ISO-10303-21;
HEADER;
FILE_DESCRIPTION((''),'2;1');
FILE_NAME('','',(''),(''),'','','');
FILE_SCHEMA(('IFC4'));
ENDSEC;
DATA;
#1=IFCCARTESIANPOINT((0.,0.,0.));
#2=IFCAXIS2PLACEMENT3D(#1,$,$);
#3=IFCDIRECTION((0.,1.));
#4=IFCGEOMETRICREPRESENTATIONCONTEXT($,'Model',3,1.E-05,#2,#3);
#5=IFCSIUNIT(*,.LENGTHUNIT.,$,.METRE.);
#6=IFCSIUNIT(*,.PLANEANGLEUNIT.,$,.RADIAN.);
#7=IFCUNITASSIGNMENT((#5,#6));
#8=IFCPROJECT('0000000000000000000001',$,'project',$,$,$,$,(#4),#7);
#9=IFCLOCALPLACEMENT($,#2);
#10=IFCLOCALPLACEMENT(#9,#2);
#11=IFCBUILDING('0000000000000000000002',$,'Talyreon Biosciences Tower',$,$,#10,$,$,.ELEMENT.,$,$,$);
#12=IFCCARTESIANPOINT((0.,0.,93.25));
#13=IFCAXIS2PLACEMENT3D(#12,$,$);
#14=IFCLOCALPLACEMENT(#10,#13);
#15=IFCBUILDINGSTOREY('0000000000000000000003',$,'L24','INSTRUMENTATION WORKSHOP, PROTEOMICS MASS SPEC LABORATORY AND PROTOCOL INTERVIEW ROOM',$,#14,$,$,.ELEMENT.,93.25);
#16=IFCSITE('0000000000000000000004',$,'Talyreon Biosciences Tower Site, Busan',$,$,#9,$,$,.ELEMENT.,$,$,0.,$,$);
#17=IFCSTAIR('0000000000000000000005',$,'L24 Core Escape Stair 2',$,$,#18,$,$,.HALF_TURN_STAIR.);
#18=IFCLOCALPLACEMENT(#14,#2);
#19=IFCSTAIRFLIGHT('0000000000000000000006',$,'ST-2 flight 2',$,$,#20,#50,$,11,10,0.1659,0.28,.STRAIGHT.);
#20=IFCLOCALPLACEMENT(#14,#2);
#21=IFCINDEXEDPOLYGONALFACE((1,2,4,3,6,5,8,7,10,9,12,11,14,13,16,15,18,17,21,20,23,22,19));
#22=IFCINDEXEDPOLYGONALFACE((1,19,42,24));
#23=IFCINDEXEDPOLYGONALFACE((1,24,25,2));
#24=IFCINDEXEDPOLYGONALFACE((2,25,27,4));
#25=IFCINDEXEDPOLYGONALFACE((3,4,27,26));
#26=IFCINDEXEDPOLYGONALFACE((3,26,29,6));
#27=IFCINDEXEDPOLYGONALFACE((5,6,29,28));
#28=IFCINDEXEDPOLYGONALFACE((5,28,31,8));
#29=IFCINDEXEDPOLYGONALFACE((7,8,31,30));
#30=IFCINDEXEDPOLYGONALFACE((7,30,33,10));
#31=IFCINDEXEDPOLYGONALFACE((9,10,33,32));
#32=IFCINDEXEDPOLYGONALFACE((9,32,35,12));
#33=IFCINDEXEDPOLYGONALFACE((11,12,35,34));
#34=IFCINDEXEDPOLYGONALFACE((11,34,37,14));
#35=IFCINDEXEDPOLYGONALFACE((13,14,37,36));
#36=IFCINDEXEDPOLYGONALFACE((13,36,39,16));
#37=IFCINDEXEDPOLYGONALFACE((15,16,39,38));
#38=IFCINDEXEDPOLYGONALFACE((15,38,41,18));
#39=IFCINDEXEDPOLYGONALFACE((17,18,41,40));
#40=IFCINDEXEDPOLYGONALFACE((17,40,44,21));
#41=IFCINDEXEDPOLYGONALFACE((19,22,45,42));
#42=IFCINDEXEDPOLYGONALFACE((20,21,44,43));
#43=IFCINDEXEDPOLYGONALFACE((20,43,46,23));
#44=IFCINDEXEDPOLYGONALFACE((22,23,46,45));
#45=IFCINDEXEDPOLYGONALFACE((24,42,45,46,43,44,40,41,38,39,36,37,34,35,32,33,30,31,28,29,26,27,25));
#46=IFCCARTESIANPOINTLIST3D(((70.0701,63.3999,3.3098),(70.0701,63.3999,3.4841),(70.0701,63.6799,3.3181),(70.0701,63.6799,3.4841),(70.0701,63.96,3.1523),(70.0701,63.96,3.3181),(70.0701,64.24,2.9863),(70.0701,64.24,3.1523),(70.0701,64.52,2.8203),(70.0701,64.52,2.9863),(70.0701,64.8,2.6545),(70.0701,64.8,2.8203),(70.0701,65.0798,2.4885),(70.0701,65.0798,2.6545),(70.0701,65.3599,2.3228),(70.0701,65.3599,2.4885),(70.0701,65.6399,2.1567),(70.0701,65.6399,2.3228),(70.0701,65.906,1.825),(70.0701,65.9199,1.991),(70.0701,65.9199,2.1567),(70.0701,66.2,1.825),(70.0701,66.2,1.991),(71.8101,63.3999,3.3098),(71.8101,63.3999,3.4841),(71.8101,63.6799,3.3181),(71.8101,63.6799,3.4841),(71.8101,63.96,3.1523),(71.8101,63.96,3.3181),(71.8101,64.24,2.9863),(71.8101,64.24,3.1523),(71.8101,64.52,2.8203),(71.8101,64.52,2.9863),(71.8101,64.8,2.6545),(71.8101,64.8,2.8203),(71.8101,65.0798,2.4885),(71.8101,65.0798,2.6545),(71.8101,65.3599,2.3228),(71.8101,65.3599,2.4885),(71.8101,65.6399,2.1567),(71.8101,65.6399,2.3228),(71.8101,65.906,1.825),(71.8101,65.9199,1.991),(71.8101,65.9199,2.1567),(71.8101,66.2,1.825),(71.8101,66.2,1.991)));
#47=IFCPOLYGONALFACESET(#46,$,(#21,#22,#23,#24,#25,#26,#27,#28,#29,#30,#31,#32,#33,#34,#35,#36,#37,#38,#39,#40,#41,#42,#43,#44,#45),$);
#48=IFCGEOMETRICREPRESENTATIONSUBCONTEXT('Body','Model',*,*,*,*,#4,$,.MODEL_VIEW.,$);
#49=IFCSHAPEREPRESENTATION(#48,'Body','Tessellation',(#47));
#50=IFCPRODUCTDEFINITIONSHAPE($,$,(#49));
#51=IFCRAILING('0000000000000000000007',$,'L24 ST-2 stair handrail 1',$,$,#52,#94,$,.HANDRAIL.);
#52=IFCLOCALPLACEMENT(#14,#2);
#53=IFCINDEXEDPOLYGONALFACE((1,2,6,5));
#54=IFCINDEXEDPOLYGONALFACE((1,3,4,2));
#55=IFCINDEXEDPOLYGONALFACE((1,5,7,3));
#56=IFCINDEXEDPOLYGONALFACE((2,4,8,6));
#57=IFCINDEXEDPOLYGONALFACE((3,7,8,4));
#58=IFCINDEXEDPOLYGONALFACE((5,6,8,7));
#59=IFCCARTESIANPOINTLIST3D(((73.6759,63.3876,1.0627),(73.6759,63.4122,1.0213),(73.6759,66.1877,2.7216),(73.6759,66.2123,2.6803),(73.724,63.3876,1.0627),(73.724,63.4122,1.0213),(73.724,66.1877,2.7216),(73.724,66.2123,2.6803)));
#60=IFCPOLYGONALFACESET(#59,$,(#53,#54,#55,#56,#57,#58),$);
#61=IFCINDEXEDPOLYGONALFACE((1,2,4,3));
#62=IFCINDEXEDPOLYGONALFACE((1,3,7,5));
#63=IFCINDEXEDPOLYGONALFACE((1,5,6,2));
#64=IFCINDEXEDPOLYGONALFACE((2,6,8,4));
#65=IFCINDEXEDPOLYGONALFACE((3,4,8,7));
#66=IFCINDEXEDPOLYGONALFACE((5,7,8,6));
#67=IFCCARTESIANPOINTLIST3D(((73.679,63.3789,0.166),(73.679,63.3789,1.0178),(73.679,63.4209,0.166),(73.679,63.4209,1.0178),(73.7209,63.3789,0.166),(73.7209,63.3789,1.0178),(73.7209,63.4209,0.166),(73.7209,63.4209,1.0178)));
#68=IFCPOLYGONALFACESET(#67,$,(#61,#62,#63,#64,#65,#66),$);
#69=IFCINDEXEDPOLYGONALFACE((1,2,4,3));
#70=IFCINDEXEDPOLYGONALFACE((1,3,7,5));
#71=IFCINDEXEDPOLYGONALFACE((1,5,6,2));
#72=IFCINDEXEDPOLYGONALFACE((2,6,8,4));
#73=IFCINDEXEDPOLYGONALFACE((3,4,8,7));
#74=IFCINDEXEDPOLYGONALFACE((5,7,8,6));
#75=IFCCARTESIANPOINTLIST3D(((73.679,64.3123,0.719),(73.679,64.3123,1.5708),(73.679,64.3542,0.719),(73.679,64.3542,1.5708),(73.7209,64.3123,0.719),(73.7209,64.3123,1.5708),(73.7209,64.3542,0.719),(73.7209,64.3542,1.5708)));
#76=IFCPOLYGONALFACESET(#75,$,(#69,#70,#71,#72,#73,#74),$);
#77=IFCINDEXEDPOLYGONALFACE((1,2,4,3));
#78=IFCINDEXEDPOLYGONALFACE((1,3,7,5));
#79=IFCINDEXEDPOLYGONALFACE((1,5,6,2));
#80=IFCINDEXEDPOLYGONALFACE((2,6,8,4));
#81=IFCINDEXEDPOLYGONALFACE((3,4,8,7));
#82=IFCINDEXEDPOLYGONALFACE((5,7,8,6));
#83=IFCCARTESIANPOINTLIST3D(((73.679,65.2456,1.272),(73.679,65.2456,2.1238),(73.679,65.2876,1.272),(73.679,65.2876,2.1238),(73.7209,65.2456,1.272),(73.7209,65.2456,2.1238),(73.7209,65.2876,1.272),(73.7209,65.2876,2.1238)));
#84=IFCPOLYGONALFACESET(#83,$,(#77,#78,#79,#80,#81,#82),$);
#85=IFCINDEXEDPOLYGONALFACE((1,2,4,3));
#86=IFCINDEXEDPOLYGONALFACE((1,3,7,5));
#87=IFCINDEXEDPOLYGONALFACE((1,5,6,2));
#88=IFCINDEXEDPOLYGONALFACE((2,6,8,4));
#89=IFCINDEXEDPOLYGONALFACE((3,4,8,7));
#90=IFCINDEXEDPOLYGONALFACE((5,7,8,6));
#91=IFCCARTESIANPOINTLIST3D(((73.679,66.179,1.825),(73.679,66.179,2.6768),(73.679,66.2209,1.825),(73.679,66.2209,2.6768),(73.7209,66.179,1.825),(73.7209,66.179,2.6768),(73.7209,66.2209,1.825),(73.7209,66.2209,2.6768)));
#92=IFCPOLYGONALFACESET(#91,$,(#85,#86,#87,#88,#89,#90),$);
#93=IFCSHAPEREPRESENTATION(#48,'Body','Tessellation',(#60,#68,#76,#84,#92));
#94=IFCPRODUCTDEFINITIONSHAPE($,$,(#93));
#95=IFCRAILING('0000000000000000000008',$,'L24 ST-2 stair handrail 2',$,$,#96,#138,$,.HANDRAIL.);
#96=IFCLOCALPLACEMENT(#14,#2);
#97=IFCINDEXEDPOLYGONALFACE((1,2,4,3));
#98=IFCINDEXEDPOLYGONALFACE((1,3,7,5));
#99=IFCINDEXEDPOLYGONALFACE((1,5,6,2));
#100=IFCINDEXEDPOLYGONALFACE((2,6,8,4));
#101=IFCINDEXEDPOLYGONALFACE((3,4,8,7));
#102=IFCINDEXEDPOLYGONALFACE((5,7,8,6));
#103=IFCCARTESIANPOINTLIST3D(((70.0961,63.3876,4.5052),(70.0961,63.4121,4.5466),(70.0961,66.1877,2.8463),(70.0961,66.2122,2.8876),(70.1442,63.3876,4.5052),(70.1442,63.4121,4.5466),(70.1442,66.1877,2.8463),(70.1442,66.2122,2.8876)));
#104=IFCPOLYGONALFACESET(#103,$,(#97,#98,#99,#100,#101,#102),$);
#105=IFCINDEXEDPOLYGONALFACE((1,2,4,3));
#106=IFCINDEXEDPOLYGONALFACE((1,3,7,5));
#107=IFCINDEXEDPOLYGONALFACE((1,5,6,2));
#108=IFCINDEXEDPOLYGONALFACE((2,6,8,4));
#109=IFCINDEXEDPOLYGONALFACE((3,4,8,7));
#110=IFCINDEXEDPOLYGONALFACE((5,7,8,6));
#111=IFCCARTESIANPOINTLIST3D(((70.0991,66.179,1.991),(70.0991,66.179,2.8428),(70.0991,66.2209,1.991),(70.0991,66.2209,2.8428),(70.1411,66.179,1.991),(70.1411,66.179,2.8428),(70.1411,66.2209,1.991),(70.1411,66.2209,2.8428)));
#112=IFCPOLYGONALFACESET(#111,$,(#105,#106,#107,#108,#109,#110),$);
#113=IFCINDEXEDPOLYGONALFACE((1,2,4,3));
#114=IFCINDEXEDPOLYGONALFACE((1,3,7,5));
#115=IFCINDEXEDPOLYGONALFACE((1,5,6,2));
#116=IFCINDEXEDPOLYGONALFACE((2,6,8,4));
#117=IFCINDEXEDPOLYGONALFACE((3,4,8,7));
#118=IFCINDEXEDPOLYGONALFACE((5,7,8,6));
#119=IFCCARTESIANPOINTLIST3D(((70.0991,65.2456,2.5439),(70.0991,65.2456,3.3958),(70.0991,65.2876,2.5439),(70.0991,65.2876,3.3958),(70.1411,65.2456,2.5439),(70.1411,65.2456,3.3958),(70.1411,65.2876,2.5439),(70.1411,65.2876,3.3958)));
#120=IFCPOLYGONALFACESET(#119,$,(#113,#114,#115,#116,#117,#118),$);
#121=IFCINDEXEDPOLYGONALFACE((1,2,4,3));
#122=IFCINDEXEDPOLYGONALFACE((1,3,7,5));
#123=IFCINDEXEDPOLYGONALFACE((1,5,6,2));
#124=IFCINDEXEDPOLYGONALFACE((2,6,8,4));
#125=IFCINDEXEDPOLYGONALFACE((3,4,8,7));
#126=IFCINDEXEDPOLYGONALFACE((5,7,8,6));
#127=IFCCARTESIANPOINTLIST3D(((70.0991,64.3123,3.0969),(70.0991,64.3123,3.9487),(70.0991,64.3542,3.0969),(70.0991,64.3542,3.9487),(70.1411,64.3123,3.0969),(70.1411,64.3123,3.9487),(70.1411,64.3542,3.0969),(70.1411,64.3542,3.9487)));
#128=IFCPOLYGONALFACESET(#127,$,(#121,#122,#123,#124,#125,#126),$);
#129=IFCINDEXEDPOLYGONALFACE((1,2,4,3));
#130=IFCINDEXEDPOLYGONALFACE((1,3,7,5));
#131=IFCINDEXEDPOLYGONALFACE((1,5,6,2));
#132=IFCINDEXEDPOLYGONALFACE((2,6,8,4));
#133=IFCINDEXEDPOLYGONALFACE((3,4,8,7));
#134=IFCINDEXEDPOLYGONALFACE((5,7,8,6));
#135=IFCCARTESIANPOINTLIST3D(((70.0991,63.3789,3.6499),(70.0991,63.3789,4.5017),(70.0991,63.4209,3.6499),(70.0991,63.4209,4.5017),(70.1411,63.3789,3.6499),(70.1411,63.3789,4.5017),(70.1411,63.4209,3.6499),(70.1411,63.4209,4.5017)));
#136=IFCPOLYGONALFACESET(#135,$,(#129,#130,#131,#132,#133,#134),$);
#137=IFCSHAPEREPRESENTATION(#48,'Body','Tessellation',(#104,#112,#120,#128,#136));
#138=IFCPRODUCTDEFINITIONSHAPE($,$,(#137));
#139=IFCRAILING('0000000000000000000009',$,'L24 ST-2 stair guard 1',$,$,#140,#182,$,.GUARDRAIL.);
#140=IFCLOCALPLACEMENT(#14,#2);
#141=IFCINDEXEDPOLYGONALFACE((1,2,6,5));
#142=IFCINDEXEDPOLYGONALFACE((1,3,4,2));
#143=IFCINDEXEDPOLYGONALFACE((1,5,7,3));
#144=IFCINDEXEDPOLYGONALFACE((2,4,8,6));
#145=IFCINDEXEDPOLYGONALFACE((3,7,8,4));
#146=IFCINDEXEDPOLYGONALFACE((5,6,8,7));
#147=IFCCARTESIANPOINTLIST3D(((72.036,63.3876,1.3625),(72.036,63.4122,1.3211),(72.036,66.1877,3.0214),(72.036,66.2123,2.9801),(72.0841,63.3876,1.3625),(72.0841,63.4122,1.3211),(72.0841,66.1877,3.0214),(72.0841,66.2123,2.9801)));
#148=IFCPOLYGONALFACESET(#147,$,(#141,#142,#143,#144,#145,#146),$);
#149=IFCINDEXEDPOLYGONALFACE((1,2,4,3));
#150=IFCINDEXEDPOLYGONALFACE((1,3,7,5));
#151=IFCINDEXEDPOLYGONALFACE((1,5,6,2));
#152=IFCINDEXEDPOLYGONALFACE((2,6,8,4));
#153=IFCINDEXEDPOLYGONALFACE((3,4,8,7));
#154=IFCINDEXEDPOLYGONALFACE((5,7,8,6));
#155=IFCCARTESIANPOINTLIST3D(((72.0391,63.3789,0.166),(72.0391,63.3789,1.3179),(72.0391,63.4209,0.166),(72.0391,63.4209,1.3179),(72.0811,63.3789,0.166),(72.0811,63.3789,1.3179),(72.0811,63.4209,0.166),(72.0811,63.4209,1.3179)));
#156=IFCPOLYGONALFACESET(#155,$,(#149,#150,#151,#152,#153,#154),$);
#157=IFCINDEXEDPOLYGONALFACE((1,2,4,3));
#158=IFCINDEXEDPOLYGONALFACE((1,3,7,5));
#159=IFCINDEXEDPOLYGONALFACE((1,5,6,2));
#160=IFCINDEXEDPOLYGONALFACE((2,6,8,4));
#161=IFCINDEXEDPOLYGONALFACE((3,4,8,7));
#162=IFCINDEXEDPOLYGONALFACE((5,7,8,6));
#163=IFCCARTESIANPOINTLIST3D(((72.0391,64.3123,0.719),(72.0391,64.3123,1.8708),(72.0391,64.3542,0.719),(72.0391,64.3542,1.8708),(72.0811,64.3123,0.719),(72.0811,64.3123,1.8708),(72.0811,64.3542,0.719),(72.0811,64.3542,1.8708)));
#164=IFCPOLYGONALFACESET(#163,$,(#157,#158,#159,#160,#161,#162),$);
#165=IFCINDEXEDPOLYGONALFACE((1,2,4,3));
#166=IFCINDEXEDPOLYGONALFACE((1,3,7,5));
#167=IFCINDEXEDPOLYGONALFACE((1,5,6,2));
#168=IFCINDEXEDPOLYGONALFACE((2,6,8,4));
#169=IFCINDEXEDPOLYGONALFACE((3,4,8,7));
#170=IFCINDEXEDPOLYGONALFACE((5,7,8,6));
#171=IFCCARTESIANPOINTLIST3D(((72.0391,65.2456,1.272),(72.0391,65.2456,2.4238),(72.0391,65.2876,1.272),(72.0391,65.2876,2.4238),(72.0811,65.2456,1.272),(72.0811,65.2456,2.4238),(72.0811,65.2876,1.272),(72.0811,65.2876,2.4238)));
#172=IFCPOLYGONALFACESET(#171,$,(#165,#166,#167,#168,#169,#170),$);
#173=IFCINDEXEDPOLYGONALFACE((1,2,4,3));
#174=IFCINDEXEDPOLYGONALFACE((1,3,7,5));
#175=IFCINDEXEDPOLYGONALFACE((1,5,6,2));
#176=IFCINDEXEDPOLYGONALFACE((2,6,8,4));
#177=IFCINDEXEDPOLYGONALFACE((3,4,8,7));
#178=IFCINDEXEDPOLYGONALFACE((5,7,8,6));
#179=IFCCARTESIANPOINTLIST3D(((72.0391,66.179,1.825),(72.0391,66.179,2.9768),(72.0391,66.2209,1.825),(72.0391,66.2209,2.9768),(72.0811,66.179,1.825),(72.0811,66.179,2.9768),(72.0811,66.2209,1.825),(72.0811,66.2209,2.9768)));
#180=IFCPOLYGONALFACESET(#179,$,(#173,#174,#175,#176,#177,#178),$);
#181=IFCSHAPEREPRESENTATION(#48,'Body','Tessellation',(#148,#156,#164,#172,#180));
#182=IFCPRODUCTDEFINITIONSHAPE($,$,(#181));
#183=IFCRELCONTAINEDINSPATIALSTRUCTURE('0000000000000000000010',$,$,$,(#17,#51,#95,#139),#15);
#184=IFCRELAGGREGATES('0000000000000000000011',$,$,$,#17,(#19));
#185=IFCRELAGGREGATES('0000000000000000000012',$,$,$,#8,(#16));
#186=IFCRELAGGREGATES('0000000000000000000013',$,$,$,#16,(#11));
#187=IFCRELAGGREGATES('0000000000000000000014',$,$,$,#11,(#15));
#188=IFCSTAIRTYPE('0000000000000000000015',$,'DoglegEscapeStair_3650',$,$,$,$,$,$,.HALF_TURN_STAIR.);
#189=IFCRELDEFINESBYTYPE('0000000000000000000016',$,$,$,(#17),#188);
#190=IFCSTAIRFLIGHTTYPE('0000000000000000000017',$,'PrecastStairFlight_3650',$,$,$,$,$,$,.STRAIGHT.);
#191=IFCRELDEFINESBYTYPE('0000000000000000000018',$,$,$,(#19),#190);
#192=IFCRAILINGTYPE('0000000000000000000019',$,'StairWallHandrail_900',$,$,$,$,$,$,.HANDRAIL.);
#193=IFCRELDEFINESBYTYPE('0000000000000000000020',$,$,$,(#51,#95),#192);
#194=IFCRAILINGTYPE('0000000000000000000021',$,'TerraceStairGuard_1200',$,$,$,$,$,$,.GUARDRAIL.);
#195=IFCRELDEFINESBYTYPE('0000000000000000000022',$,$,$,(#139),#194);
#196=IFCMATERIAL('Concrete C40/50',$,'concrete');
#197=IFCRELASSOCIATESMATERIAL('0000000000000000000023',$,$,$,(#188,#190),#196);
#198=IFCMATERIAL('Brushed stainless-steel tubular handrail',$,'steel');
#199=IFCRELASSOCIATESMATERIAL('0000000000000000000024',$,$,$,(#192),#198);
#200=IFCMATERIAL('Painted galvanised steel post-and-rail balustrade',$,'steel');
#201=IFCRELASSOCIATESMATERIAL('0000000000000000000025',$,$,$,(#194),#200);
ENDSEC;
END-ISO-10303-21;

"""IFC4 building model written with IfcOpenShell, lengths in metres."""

from ifc_helpers import new_model, si_unit, direction, frame, origin, origin_2d, place, context, subcontext, project, spatial, polyline, rectangle, outline, extrude, material, type_object, element, aggregate, save


model = new_model("IFC4")

# Units and contexts
model_context = context("Model", 3, precision=1e-05, world=origin(), true_north=direction((0.0, 1.0)))
body_context = subcontext(model_context, "Body", "Model", "MODEL_VIEW")
ifc_project = project(units=[si_unit("LENGTHUNIT", "METRE"), si_unit("PLANEANGLEUNIT", "RADIAN")], contexts=[model_context])

# Site, building, storey
site_placement = place(None, origin())
site = spatial("IfcSite", under=ifc_project, at=site_placement, Name="Talyreon Biosciences Tower Site, Busan", CompositionType="ELEMENT", RefElevation=0.0)
building_placement = place(site_placement, origin())
building = spatial("IfcBuilding", under=site, at=building_placement, Name="Talyreon Biosciences Tower", CompositionType="ELEMENT")
storey_placement = place(building_placement, frame((0.0, 0.0, 93.25)))
storey = spatial("IfcBuildingStorey", under=building, at=storey_placement, Name="L24", Description="INSTRUMENTATION WORKSHOP, PROTEOMICS MASS SPEC LABORATORY AND PROTOCOL INTERVIEW ROOM", CompositionType="ELEMENT", Elevation=93.25)

# Stair, stair flight
ifc_material_1 = material(Name="Concrete C40/50", Category="concrete")
stair_type = type_object("IfcStairType", Name="DoglegEscapeStair_3650", PredefinedType="HALF_TURN_STAIR", material=ifc_material_1)
stair_placement = place(storey_placement, origin())
stair = element("IfcStair", 1, at=stair_placement, inside=storey, type_object=stair_type, Name="L24 Core Escape Stair 2", PredefinedType="HALF_TURN_STAIR")
stair_flight_type = type_object("IfcStairFlightType", Name="PrecastStairFlight_3650", PredefinedType="STRAIGHT", material=ifc_material_1)
stair_flight_1_placement = place(storey_placement, frame((70.9399, 66.2, 1.825), z_axis=(0.0, 0.0, 1.0), x_axis=(0.0, -1.0, 0.0)))
stair_flight_1 = element("IfcStairFlight", 2, at=stair_flight_1_placement, type_object=stair_flight_type, Name="ST-2 flight 2", NumberOfRisers=11, NumberOfTreads=10, PredefinedType="STRAIGHT", RiserHeight=0.1659, TreadLength=0.28, context=body_context, shape_type="SweptSolid", body=[
    extrude(outline(polyline([(0.0, 0.0), (0.0, 0.166), (0.28, 0.166), (0.28, 0.3318), (0.5601, 0.3318), (0.5601, 0.4978), (0.8401, 0.4978), (0.8401, 0.6636), (1.1201, 0.6636), (1.1201, 0.8296), (1.3999, 0.8296), (1.3999, 0.9954), (1.6799, 0.9954), (1.6799, 1.1614), (1.96, 1.1614), (1.96, 1.3274), (2.24, 1.3274), (2.24, 1.4932), (2.52, 1.4932), (2.52, 1.6592), (2.8, 1.6592), (2.8, 1.825), (2.8, 1.4849), (0.2939, 0.0), (0.0, 0.0)])), frame((0.0, 0.8701, 0.0), z_axis=(0.0, -1.0, 0.0), x_axis=(1.0, 0.0, 0.0)), (0.0, 0.0, 1.0), 1.74),
])
aggregate(stair, [stair_flight_1])

# Railings
ifc_material_2 = material(Name="Brushed stainless-steel tubular handrail", Category="steel")
railing_type_1 = type_object("IfcRailingType", Name="StairWallHandrail_900", PredefinedType="HANDRAIL", material=ifc_material_2)
railing_1_placement = place(storey_placement, frame((73.7, 63.3999, 0.166)))
element("IfcRailing", 3, at=railing_1_placement, inside=storey, type_object=railing_type_1, Name="L24 ST-2 stair handrail 1", PredefinedType="HANDRAIL", context=body_context, shape_type="SweptSolid", body=[
    extrude(rectangle(XDim=0.0481, YDim=0.0481, at=origin_2d()), frame((0.0, 0.0, 0.876), z_axis=(0.0, 0.860339, 0.509722), x_axis=(-1.0, 0.0, 0.0)), (0.0, 0.0, 1.0), 3.2546),
    extrude(rectangle(XDim=0.042, YDim=0.042, at=origin_2d()), origin(), (0.0, 0.0, 1.0), 0.8518),
    extrude(rectangle(XDim=0.042, YDim=0.042, at=origin_2d()), frame((0.0, 0.9333, 0.553)), (0.0, 0.0, 1.0), 0.8518),
    extrude(rectangle(XDim=0.042, YDim=0.042, at=origin_2d()), frame((0.0, 1.8667, 1.106)), (0.0, 0.0, 1.0), 0.8518),
    extrude(rectangle(XDim=0.042, YDim=0.042, at=origin_2d()), frame((0.0, 2.8, 1.6589)), (0.0, 0.0, 1.0), 0.8518),
])
railing_2_placement = place(storey_placement, frame((70.1201, 66.2, 1.991)))
element("IfcRailing", 4, at=railing_2_placement, inside=storey, type_object=railing_type_1, Name="L24 ST-2 stair handrail 2", PredefinedType="HANDRAIL", context=body_context, shape_type="SweptSolid", body=[
    extrude(rectangle(XDim=0.0481, YDim=0.0481, at=origin_2d()), frame((0.0, 0.0, 0.876), z_axis=(0.0, -0.860339, 0.509722), x_axis=(1.0, 0.0, 0.0)), (0.0, 0.0, 1.0), 3.2546),
    extrude(rectangle(XDim=0.042, YDim=0.042, at=origin_2d()), origin(), (0.0, 0.0, 1.0), 0.8518),
    extrude(rectangle(XDim=0.042, YDim=0.042, at=origin_2d()), frame((0.0, -0.9333, 0.553)), (0.0, 0.0, 1.0), 0.8518),
    extrude(rectangle(XDim=0.042, YDim=0.042, at=origin_2d()), frame((0.0, -1.8667, 1.106)), (0.0, 0.0, 1.0), 0.8518),
    extrude(rectangle(XDim=0.042, YDim=0.042, at=origin_2d()), frame((0.0, -2.8, 1.6589)), (0.0, 0.0, 1.0), 0.8518),
])
ifc_material_3 = material(Name="Painted galvanised steel post-and-rail balustrade", Category="steel")
railing_type_2 = type_object("IfcRailingType", Name="TerraceStairGuard_1200", PredefinedType="GUARDRAIL", material=ifc_material_3)
railing_3_placement = place(storey_placement, frame((72.0601, 63.3999, 0.166)))
element("IfcRailing", 5, at=railing_3_placement, inside=storey, type_object=railing_type_2, Name="L24 ST-2 stair guard 1", PredefinedType="GUARDRAIL", context=body_context, shape_type="SweptSolid", body=[
    extrude(rectangle(XDim=0.0481, YDim=0.0481, at=origin_2d()), frame((0.0, 0.0, 1.1758), z_axis=(0.0, 0.860339, 0.509722), x_axis=(-1.0, 0.0, 0.0)), (0.0, 0.0, 1.0), 3.2546),
    extrude(rectangle(XDim=0.042, YDim=0.042, at=origin_2d()), origin(), (0.0, 0.0, 1.0), 1.1519),
    extrude(rectangle(XDim=0.042, YDim=0.042, at=origin_2d()), frame((0.0, 0.9333, 0.553)), (0.0, 0.0, 1.0), 1.1519),
    extrude(rectangle(XDim=0.042, YDim=0.042, at=origin_2d()), frame((0.0, 1.8667, 1.106)), (0.0, 0.0, 1.0), 1.1519),
    extrude(rectangle(XDim=0.042, YDim=0.042, at=origin_2d()), frame((0.0, 2.8, 1.6589)), (0.0, 0.0, 1.0), 1.1519),
])

save(model, "model.ifc")
